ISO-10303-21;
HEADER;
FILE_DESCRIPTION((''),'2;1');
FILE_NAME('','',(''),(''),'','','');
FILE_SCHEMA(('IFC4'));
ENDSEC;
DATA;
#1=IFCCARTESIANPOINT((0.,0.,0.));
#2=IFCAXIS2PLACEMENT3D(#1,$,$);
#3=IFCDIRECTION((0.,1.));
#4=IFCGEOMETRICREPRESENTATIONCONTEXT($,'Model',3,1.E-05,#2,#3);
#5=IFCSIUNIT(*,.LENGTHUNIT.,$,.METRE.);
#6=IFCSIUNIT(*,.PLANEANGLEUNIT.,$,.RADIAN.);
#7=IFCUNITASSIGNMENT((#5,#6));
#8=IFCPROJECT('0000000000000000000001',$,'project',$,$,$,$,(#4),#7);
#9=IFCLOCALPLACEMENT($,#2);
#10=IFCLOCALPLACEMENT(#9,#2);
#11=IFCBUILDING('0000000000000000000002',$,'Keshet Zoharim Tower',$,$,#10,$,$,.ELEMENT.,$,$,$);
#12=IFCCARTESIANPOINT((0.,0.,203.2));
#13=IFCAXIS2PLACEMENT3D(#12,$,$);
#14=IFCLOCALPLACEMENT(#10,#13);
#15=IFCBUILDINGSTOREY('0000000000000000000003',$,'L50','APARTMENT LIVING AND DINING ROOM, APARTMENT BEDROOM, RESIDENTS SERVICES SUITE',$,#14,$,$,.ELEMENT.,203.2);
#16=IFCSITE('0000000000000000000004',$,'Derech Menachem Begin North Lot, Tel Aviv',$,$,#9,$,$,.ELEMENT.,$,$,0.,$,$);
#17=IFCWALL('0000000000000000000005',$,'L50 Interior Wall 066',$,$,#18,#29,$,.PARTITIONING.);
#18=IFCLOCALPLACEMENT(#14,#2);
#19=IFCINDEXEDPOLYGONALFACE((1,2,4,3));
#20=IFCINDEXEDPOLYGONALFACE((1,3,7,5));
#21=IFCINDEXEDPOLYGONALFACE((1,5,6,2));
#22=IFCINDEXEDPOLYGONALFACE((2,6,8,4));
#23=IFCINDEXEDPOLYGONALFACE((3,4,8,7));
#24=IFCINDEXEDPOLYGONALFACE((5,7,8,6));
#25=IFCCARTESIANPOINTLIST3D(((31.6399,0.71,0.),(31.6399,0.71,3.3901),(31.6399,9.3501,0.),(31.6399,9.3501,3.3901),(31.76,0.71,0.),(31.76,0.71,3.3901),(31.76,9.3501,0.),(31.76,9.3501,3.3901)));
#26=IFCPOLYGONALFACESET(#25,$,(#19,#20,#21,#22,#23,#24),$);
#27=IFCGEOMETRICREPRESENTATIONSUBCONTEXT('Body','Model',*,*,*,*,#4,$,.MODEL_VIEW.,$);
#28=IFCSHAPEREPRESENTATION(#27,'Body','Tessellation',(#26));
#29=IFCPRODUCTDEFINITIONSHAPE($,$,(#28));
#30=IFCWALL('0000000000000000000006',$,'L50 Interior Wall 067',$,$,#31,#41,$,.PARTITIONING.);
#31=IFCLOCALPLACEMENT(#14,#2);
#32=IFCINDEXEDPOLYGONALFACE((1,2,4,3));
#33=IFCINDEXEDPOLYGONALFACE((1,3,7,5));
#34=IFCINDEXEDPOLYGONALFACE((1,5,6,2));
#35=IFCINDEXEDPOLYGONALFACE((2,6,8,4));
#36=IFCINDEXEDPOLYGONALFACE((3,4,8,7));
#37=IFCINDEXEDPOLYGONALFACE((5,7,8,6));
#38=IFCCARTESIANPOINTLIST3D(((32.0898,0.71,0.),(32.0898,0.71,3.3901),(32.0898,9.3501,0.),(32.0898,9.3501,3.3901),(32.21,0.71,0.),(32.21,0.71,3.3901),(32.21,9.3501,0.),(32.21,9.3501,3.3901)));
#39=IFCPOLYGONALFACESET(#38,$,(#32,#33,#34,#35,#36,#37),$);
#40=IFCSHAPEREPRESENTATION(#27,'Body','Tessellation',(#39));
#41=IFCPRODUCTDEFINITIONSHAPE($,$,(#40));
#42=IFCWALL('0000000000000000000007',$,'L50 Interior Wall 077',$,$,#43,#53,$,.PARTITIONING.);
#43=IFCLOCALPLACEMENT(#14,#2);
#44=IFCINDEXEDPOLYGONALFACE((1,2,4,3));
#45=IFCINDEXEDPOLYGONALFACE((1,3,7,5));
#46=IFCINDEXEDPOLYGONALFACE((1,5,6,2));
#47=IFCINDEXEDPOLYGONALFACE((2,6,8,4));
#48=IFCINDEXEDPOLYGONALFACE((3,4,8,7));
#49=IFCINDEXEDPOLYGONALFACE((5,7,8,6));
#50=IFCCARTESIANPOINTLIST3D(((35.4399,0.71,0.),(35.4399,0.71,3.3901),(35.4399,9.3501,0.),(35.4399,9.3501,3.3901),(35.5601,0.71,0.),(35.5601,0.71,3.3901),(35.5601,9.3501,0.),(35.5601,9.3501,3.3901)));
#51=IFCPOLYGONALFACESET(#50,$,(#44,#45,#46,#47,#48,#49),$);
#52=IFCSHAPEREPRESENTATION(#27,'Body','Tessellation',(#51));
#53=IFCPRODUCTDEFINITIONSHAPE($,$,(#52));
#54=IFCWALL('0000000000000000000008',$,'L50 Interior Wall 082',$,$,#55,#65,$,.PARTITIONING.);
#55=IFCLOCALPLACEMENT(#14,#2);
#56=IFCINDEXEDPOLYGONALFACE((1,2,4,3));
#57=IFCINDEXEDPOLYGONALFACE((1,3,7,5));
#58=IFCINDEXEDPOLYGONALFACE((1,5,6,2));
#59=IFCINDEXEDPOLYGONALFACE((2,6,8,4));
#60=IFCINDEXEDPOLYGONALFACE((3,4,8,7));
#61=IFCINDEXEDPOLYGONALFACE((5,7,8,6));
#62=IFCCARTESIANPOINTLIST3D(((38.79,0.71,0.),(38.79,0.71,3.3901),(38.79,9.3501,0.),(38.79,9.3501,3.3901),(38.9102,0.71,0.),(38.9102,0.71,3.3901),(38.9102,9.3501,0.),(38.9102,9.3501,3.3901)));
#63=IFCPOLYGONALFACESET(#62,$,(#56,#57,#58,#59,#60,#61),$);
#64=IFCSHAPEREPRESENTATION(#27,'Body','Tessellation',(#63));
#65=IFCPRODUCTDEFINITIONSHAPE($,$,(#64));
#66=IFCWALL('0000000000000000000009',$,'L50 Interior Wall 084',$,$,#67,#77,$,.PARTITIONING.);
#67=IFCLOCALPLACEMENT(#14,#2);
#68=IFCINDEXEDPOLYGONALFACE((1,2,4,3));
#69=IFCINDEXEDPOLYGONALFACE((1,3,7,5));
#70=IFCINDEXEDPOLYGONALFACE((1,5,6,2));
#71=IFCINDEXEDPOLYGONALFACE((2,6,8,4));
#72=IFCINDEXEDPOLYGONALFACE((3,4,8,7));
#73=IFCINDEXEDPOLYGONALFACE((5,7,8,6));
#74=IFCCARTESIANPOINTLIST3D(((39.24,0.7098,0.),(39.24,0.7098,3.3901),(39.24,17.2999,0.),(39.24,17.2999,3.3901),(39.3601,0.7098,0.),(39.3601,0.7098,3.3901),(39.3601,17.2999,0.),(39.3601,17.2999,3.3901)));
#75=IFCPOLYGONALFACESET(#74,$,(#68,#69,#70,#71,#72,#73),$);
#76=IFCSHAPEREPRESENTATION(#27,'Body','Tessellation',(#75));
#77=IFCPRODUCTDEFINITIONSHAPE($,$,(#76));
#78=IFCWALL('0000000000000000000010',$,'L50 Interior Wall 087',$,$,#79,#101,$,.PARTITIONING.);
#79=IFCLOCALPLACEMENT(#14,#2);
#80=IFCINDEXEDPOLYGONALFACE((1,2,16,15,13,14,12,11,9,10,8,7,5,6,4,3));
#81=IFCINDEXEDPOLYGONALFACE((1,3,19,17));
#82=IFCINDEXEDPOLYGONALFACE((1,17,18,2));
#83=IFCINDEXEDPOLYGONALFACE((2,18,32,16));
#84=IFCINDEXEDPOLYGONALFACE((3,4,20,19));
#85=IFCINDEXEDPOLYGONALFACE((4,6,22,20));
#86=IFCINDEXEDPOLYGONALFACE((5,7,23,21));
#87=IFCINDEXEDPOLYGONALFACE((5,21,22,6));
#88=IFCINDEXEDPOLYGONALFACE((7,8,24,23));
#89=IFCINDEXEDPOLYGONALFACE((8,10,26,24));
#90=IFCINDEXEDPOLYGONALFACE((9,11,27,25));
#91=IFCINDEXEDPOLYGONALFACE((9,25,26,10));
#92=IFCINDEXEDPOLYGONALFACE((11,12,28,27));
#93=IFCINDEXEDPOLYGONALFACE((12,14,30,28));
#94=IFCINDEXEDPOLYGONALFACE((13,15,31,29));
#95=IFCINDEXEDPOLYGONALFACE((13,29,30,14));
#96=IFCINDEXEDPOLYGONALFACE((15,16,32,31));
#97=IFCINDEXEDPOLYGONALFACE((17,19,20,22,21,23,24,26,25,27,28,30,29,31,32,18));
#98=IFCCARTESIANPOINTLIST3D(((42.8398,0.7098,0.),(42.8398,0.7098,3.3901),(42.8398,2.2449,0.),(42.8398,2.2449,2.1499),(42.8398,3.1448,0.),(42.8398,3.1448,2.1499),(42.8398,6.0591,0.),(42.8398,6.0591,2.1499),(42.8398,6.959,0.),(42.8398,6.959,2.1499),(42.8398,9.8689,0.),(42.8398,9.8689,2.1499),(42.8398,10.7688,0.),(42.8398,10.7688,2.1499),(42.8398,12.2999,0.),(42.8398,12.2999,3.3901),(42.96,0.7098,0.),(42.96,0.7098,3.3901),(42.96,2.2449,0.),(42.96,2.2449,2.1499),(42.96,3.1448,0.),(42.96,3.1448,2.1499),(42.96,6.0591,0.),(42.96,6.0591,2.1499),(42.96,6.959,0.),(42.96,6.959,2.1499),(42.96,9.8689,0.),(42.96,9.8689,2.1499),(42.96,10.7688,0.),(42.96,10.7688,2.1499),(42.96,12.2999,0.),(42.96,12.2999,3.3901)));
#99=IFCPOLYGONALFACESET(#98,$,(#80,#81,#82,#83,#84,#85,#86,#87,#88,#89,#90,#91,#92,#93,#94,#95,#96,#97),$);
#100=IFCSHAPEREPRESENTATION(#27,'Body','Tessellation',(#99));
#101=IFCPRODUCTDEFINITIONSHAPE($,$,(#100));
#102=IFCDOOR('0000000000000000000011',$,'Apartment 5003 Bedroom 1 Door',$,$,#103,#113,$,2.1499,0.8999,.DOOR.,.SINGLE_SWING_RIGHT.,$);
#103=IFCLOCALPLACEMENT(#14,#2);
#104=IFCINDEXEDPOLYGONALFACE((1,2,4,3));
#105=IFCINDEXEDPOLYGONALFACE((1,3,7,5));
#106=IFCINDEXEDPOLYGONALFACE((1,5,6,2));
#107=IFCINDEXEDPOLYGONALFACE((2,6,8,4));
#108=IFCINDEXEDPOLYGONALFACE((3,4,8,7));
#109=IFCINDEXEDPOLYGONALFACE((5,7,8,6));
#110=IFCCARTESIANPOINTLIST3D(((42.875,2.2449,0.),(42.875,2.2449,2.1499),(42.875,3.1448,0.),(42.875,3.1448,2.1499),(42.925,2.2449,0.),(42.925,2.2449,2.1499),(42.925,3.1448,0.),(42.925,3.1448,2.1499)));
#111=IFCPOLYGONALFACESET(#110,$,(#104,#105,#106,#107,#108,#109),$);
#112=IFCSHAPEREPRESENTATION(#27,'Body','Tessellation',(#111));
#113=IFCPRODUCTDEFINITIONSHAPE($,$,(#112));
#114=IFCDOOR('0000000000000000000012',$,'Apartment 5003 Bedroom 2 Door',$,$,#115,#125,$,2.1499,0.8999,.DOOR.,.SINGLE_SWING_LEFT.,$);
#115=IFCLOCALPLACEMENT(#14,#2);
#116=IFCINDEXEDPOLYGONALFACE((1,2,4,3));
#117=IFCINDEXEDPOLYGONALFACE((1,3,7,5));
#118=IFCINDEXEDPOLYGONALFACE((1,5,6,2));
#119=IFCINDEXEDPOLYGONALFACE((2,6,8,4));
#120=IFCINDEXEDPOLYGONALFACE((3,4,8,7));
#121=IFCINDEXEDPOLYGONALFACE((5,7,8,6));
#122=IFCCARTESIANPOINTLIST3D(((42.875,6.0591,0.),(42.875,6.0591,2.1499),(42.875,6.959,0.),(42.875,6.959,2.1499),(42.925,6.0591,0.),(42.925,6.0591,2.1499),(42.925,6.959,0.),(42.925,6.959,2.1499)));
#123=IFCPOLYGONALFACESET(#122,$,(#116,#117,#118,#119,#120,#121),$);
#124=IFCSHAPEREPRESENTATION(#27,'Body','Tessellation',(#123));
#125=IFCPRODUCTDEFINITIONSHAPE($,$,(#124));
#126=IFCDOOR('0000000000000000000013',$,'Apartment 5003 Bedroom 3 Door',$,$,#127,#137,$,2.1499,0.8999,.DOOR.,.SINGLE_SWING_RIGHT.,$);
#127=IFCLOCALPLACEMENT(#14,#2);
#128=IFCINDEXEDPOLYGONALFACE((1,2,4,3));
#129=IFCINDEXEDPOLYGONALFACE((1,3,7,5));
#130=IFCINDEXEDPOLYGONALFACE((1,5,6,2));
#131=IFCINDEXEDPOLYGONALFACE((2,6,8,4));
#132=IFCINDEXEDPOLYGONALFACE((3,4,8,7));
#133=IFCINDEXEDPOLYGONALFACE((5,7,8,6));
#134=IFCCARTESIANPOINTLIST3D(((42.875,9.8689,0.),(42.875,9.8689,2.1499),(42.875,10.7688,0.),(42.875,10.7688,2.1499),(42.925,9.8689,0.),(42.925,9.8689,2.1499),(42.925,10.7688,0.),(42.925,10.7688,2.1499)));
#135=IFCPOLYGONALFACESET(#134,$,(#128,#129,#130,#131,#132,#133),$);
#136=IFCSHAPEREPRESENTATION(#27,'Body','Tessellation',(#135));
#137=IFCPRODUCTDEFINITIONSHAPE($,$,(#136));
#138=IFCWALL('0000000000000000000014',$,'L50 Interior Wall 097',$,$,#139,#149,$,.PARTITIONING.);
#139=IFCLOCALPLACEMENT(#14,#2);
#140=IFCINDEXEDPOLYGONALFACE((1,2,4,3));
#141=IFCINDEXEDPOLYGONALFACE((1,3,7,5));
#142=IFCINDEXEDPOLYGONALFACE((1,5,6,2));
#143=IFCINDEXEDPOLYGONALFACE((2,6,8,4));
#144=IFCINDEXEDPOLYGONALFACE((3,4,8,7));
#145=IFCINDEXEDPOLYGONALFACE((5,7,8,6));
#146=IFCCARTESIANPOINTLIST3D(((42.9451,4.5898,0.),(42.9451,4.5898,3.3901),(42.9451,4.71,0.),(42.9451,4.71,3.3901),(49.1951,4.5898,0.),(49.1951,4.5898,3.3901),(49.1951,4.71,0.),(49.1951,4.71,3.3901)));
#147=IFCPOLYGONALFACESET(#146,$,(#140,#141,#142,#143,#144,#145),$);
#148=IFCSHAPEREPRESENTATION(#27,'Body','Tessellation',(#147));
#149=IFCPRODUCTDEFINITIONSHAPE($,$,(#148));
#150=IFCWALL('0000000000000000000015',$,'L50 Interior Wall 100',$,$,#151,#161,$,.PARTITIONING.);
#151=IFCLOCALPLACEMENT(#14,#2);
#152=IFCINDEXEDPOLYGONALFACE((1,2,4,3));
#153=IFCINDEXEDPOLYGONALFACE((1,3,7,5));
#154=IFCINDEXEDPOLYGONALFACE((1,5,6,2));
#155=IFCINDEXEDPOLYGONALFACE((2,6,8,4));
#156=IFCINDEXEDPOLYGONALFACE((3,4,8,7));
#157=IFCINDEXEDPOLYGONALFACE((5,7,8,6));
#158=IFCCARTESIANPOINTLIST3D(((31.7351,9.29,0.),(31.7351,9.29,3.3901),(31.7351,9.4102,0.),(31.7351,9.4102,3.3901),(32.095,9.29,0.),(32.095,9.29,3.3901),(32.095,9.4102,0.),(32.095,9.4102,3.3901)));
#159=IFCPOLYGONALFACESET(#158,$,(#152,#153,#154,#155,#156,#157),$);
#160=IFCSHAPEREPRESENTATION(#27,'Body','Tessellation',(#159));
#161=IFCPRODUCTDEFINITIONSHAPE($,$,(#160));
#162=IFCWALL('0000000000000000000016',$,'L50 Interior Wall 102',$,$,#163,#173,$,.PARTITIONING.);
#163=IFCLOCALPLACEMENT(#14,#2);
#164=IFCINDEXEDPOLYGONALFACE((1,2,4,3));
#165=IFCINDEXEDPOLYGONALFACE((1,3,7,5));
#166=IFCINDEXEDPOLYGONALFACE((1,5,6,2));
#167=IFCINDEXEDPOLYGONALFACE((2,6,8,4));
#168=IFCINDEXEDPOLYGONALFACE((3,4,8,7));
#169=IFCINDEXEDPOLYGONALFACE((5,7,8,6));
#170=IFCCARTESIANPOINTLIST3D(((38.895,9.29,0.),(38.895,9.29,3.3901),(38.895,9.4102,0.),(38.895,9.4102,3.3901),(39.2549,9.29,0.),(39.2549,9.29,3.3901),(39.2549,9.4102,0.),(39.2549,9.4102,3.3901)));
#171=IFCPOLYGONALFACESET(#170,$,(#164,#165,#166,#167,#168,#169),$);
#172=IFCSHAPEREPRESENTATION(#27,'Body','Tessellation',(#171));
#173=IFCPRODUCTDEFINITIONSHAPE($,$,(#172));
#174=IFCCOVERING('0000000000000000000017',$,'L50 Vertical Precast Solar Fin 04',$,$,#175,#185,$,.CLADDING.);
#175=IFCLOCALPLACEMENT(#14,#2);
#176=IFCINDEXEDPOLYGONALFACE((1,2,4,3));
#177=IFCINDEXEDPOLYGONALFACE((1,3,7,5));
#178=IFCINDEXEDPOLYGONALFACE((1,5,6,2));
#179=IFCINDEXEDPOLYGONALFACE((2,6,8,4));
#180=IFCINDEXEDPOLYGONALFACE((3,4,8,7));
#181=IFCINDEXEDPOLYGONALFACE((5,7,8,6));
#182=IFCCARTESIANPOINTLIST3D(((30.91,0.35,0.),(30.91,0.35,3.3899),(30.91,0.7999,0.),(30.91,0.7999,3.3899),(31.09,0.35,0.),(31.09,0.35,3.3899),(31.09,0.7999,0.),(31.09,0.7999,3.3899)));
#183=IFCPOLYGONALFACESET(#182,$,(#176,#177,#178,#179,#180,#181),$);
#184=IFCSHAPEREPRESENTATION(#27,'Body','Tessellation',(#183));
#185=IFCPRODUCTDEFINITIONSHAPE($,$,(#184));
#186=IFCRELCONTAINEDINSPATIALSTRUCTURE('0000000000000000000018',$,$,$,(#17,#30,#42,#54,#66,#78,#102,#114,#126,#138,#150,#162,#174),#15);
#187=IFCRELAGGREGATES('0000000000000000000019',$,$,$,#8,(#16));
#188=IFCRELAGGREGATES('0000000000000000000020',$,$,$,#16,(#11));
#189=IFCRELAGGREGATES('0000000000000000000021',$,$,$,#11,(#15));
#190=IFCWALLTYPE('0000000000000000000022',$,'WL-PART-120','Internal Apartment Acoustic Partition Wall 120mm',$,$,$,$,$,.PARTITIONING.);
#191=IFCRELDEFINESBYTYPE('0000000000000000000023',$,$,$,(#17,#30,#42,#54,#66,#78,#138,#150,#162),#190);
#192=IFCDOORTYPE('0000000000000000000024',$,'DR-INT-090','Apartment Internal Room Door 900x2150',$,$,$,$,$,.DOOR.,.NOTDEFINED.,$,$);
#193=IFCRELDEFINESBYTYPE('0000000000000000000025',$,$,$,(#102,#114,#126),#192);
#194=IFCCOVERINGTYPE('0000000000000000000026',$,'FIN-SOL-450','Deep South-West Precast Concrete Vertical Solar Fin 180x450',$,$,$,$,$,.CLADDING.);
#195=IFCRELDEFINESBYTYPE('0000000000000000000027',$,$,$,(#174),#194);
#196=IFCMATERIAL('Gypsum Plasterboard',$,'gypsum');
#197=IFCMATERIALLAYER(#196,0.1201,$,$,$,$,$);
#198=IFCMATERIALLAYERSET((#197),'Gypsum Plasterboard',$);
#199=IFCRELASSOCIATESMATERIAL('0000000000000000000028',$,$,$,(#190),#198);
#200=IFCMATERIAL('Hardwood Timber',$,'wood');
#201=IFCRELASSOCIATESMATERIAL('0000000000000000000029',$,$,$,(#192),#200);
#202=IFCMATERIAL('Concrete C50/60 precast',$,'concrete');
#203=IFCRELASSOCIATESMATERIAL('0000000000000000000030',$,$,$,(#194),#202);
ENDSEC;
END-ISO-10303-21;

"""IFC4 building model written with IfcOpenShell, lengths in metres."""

from ifc_helpers import new_model, si_unit, direction, frame, frame_2d, origin, origin_2d, place, context, subcontext, project, spatial, rectangle, extrude, material, layer, layer_set, type_object, element, fill, save


model = new_model("IFC4")

# Units and contexts
model_context = context("Model", 3, precision=1e-05, world=origin(), true_north=direction((0.0, 1.0)))
body_context = subcontext(model_context, "Body", "Model", "MODEL_VIEW")
ifc_project = project(units=[si_unit("LENGTHUNIT", "METRE"), si_unit("PLANEANGLEUNIT", "RADIAN")], contexts=[model_context])

# Site, building, storey
site_placement = place(None, origin())
site = spatial("IfcSite", under=ifc_project, at=site_placement, Name="Derech Menachem Begin North Lot, Tel Aviv", CompositionType="ELEMENT", RefElevation=0.0)
building_placement = place(site_placement, origin())
building = spatial("IfcBuilding", under=site, at=building_placement, Name="Keshet Zoharim Tower", CompositionType="ELEMENT")
storey_placement = place(building_placement, frame((0.0, 0.0, 203.2)))
storey = spatial("IfcBuildingStorey", under=building, at=storey_placement, Name="L50", Description="APARTMENT LIVING AND DINING ROOM, APARTMENT BEDROOM, RESIDENTS SERVICES SUITE", CompositionType="ELEMENT", Elevation=203.2)

# Walls
ifc_material_1 = material(Name="Gypsum Plasterboard", Category="gypsum")
ifc_layer_1 = layer(ifc_material_1, 0.1201)
ifc_layer_set_1 = layer_set([ifc_layer_1], Name="Gypsum Plasterboard")
wall_type = type_object("IfcWallType", Name="WL-PART-120", Description="Internal Apartment Acoustic Partition Wall 120mm", PredefinedType="PARTITIONING", material=ifc_layer_set_1)
for number, where, z_axis, x_axis, name in (
    (1, (31.7, 0.71, 0.0), (0.0, 0.0, 1.0), (0.0, 1.0, 0.0), "L50 Interior Wall 066"),
    (2, (32.1499, 0.71, 0.0), (0.0, 0.0, 1.0), (0.0, 1.0, 0.0), "L50 Interior Wall 067"),
    (3, (35.5, 0.71, 0.0), (0.0, 0.0, 1.0), (0.0, 1.0, 0.0), "L50 Interior Wall 077"),
    (4, (38.8501, 0.71, 0.0), (0.0, 0.0, 1.0), (0.0, 1.0, 0.0), "L50 Interior Wall 082"),
):
    element("IfcWall", number, at=place(storey_placement, frame(where, z_axis=z_axis, x_axis=x_axis)), inside=storey, type_object=wall_type, Name=name, PredefinedType="PARTITIONING", context=body_context, shape_type="SweptSolid", body=[
        extrude(rectangle(XDim=8.6401, YDim=0.1201, at=frame_2d((4.3201, 0.0))), origin(), (0.0, 0.0, 1.0), 3.3901),
    ])
wall_1_placement = place(storey_placement, frame((39.3, 0.71, 0.0), z_axis=(0.0, 0.0, 1.0), x_axis=(0.0, 1.0, 0.0)))
element("IfcWall", 5, at=wall_1_placement, inside=storey, type_object=wall_type, Name="L50 Interior Wall 084", PredefinedType="PARTITIONING", context=body_context, shape_type="SweptSolid", body=[
    extrude(rectangle(XDim=16.5901, YDim=0.1201, at=frame_2d((8.2949, 0.0))), origin(), (0.0, 0.0, 1.0), 3.3901),
])

# Wall, openings, doors
wall_2_placement = place(storey_placement, frame((42.8999, 0.71, 0.0), z_axis=(0.0, 0.0, 1.0), x_axis=(0.0, 1.0, 0.0)))
wall_2 = element("IfcWall", 6, at=wall_2_placement, inside=storey, type_object=wall_type, Name="L50 Interior Wall 087", PredefinedType="PARTITIONING", context=body_context, shape_type="SweptSolid", body=[
    extrude(rectangle(XDim=11.5901, YDim=0.1201, at=frame_2d((5.7949, 0.0))), origin(), (0.0, 0.0, 1.0), 3.3901),
])
opening_1_placement = place(wall_2_placement, frame((1.5349, 0.0, 0.0)))
opening_1 = element("IfcOpeningElement", 7, at=opening_1_placement, cuts=wall_2, PredefinedType="OPENING", context=body_context, shape_type="SweptSolid", body=[
    extrude(rectangle(XDim=0.8999, YDim=2.1499, at=frame_2d((0.45, 1.075))), frame((0.0, 0.0701, 0.0), z_axis=(0.0, -1.0, 0.0), x_axis=(1.0, 0.0, 0.0)), (0.0, 0.0, 1.0), 0.1401),
])
opening_2_placement = place(wall_2_placement, frame((5.3491, 0.0, 0.0)))
opening_2 = element("IfcOpeningElement", 8, at=opening_2_placement, cuts=wall_2, PredefinedType="OPENING", context=body_context, shape_type="SweptSolid", body=[
    extrude(rectangle(XDim=0.8999, YDim=2.1499, at=frame_2d((0.45, 1.075))), frame((0.0, 0.0701, 0.0), z_axis=(0.0, -1.0, 0.0), x_axis=(1.0, 0.0, 0.0)), (0.0, 0.0, 1.0), 0.1401),
])
opening_3_placement = place(wall_2_placement, frame((9.1589, 0.0, 0.0)))
opening_3 = element("IfcOpeningElement", 9, at=opening_3_placement, cuts=wall_2, PredefinedType="OPENING", context=body_context, shape_type="SweptSolid", body=[
    extrude(rectangle(XDim=0.8999, YDim=2.1499, at=frame_2d((0.45, 1.075))), frame((0.0, 0.0701, 0.0), z_axis=(0.0, -1.0, 0.0), x_axis=(1.0, 0.0, 0.0)), (0.0, 0.0, 1.0), 0.1401),
])
ifc_material_2 = material(Name="Hardwood Timber", Category="wood")
door_type = type_object("IfcDoorType", Name="DR-INT-090", Description="Apartment Internal Room Door 900x2150", OperationType="NOTDEFINED", PredefinedType="DOOR", material=ifc_material_2)
door_1_placement = place(opening_1_placement, origin())
door_1 = element("IfcDoor", 10, at=door_1_placement, inside=storey, type_object=door_type, Name="Apartment 5003 Bedroom 1 Door", OperationType="SINGLE_SWING_RIGHT", OverallHeight=2.1499, OverallWidth=0.8999, PredefinedType="DOOR", context=body_context, shape_type="SweptSolid", body=[
    extrude(rectangle(XDim=0.8999, YDim=2.1499, at=frame_2d((0.45, 1.075))), frame((0.0, 0.0249, 0.0), z_axis=(0.0, -1.0, 0.0), x_axis=(1.0, 0.0, 0.0)), (0.0, 0.0, 1.0), 0.05),
])
fill(opening_1, door_1)
door_2_placement = place(opening_2_placement, origin())
door_2 = element("IfcDoor", 11, at=door_2_placement, inside=storey, type_object=door_type, Name="Apartment 5003 Bedroom 2 Door", OperationType="SINGLE_SWING_LEFT", OverallHeight=2.1499, OverallWidth=0.8999, PredefinedType="DOOR", context=body_context, shape_type="SweptSolid", body=[
    extrude(rectangle(XDim=0.8999, YDim=2.1499, at=frame_2d((0.45, 1.075))), frame((0.0, 0.0249, 0.0), z_axis=(0.0, -1.0, 0.0), x_axis=(1.0, 0.0, 0.0)), (0.0, 0.0, 1.0), 0.05),
])
fill(opening_2, door_2)
door_3_placement = place(opening_3_placement, origin())
door_3 = element("IfcDoor", 12, at=door_3_placement, inside=storey, type_object=door_type, Name="Apartment 5003 Bedroom 3 Door", OperationType="SINGLE_SWING_RIGHT", OverallHeight=2.1499, OverallWidth=0.8999, PredefinedType="DOOR", context=body_context, shape_type="SweptSolid", body=[
    extrude(rectangle(XDim=0.8999, YDim=2.1499, at=frame_2d((0.45, 1.075))), frame((0.0, 0.0249, 0.0), z_axis=(0.0, -1.0, 0.0), x_axis=(1.0, 0.0, 0.0)), (0.0, 0.0, 1.0), 0.05),
])
fill(opening_3, door_3)

# Walls
wall_3_placement = place(storey_placement, frame((42.9451, 4.6499, 0.0), z_axis=(0.0, 0.0, 1.0), x_axis=(1.0, 0.0, 0.0)))
element("IfcWall", 13, at=wall_3_placement, inside=storey, type_object=wall_type, Name="L50 Interior Wall 097", PredefinedType="PARTITIONING", context=body_context, shape_type="SweptSolid", body=[
    extrude(rectangle(XDim=6.25, YDim=0.1201, at=frame_2d((3.125, 0.0))), origin(), (0.0, 0.0, 1.0), 3.3901),
])
wall_4_placement = place(storey_placement, frame((31.7351, 9.3501, 0.0), z_axis=(0.0, 0.0, 1.0), x_axis=(1.0, 0.0, 0.0)))
element("IfcWall", 14, at=wall_4_placement, inside=storey, type_object=wall_type, Name="L50 Interior Wall 100", PredefinedType="PARTITIONING", context=body_context, shape_type="SweptSolid", body=[
    extrude(rectangle(XDim=0.3599, YDim=0.1201, at=frame_2d((0.1799, 0.0))), origin(), (0.0, 0.0, 1.0), 3.3901),
])

# Wall
wall_5_placement = place(storey_placement, frame((38.895, 9.3501, 0.0), z_axis=(0.0, 0.0, 1.0), x_axis=(1.0, 0.0, 0.0)))
element("IfcWall", 15, at=wall_5_placement, inside=storey, type_object=wall_type, Name="L50 Interior Wall 102", PredefinedType="PARTITIONING", context=body_context, shape_type="SweptSolid", body=[
    extrude(rectangle(XDim=0.3599, YDim=0.1201, at=frame_2d((0.1799, 0.0))), origin(), (0.0, 0.0, 1.0), 3.3901),
])

# Covering
ifc_material_3 = material(Name="Concrete C50/60 precast", Category="concrete")
covering_type = type_object("IfcCoveringType", Name="FIN-SOL-450", Description="Deep South-West Precast Concrete Vertical Solar Fin 180x450", PredefinedType="CLADDING", material=ifc_material_3)
covering_placement = place(storey_placement, frame((31.0, 0.575, 0.0), z_axis=(0.0, 0.0, 1.0), x_axis=(-1.0, 0.0, 0.0)))
element("IfcCovering", 16, at=covering_placement, inside=storey, type_object=covering_type, Name="L50 Vertical Precast Solar Fin 04", PredefinedType="CLADDING", context=body_context, shape_type="SweptSolid", body=[
    extrude(rectangle(XDim=0.1799, YDim=0.45, at=origin_2d()), origin(), (0.0, 0.0, 1.0), 3.3899),
])

save(model, "model.ifc")
